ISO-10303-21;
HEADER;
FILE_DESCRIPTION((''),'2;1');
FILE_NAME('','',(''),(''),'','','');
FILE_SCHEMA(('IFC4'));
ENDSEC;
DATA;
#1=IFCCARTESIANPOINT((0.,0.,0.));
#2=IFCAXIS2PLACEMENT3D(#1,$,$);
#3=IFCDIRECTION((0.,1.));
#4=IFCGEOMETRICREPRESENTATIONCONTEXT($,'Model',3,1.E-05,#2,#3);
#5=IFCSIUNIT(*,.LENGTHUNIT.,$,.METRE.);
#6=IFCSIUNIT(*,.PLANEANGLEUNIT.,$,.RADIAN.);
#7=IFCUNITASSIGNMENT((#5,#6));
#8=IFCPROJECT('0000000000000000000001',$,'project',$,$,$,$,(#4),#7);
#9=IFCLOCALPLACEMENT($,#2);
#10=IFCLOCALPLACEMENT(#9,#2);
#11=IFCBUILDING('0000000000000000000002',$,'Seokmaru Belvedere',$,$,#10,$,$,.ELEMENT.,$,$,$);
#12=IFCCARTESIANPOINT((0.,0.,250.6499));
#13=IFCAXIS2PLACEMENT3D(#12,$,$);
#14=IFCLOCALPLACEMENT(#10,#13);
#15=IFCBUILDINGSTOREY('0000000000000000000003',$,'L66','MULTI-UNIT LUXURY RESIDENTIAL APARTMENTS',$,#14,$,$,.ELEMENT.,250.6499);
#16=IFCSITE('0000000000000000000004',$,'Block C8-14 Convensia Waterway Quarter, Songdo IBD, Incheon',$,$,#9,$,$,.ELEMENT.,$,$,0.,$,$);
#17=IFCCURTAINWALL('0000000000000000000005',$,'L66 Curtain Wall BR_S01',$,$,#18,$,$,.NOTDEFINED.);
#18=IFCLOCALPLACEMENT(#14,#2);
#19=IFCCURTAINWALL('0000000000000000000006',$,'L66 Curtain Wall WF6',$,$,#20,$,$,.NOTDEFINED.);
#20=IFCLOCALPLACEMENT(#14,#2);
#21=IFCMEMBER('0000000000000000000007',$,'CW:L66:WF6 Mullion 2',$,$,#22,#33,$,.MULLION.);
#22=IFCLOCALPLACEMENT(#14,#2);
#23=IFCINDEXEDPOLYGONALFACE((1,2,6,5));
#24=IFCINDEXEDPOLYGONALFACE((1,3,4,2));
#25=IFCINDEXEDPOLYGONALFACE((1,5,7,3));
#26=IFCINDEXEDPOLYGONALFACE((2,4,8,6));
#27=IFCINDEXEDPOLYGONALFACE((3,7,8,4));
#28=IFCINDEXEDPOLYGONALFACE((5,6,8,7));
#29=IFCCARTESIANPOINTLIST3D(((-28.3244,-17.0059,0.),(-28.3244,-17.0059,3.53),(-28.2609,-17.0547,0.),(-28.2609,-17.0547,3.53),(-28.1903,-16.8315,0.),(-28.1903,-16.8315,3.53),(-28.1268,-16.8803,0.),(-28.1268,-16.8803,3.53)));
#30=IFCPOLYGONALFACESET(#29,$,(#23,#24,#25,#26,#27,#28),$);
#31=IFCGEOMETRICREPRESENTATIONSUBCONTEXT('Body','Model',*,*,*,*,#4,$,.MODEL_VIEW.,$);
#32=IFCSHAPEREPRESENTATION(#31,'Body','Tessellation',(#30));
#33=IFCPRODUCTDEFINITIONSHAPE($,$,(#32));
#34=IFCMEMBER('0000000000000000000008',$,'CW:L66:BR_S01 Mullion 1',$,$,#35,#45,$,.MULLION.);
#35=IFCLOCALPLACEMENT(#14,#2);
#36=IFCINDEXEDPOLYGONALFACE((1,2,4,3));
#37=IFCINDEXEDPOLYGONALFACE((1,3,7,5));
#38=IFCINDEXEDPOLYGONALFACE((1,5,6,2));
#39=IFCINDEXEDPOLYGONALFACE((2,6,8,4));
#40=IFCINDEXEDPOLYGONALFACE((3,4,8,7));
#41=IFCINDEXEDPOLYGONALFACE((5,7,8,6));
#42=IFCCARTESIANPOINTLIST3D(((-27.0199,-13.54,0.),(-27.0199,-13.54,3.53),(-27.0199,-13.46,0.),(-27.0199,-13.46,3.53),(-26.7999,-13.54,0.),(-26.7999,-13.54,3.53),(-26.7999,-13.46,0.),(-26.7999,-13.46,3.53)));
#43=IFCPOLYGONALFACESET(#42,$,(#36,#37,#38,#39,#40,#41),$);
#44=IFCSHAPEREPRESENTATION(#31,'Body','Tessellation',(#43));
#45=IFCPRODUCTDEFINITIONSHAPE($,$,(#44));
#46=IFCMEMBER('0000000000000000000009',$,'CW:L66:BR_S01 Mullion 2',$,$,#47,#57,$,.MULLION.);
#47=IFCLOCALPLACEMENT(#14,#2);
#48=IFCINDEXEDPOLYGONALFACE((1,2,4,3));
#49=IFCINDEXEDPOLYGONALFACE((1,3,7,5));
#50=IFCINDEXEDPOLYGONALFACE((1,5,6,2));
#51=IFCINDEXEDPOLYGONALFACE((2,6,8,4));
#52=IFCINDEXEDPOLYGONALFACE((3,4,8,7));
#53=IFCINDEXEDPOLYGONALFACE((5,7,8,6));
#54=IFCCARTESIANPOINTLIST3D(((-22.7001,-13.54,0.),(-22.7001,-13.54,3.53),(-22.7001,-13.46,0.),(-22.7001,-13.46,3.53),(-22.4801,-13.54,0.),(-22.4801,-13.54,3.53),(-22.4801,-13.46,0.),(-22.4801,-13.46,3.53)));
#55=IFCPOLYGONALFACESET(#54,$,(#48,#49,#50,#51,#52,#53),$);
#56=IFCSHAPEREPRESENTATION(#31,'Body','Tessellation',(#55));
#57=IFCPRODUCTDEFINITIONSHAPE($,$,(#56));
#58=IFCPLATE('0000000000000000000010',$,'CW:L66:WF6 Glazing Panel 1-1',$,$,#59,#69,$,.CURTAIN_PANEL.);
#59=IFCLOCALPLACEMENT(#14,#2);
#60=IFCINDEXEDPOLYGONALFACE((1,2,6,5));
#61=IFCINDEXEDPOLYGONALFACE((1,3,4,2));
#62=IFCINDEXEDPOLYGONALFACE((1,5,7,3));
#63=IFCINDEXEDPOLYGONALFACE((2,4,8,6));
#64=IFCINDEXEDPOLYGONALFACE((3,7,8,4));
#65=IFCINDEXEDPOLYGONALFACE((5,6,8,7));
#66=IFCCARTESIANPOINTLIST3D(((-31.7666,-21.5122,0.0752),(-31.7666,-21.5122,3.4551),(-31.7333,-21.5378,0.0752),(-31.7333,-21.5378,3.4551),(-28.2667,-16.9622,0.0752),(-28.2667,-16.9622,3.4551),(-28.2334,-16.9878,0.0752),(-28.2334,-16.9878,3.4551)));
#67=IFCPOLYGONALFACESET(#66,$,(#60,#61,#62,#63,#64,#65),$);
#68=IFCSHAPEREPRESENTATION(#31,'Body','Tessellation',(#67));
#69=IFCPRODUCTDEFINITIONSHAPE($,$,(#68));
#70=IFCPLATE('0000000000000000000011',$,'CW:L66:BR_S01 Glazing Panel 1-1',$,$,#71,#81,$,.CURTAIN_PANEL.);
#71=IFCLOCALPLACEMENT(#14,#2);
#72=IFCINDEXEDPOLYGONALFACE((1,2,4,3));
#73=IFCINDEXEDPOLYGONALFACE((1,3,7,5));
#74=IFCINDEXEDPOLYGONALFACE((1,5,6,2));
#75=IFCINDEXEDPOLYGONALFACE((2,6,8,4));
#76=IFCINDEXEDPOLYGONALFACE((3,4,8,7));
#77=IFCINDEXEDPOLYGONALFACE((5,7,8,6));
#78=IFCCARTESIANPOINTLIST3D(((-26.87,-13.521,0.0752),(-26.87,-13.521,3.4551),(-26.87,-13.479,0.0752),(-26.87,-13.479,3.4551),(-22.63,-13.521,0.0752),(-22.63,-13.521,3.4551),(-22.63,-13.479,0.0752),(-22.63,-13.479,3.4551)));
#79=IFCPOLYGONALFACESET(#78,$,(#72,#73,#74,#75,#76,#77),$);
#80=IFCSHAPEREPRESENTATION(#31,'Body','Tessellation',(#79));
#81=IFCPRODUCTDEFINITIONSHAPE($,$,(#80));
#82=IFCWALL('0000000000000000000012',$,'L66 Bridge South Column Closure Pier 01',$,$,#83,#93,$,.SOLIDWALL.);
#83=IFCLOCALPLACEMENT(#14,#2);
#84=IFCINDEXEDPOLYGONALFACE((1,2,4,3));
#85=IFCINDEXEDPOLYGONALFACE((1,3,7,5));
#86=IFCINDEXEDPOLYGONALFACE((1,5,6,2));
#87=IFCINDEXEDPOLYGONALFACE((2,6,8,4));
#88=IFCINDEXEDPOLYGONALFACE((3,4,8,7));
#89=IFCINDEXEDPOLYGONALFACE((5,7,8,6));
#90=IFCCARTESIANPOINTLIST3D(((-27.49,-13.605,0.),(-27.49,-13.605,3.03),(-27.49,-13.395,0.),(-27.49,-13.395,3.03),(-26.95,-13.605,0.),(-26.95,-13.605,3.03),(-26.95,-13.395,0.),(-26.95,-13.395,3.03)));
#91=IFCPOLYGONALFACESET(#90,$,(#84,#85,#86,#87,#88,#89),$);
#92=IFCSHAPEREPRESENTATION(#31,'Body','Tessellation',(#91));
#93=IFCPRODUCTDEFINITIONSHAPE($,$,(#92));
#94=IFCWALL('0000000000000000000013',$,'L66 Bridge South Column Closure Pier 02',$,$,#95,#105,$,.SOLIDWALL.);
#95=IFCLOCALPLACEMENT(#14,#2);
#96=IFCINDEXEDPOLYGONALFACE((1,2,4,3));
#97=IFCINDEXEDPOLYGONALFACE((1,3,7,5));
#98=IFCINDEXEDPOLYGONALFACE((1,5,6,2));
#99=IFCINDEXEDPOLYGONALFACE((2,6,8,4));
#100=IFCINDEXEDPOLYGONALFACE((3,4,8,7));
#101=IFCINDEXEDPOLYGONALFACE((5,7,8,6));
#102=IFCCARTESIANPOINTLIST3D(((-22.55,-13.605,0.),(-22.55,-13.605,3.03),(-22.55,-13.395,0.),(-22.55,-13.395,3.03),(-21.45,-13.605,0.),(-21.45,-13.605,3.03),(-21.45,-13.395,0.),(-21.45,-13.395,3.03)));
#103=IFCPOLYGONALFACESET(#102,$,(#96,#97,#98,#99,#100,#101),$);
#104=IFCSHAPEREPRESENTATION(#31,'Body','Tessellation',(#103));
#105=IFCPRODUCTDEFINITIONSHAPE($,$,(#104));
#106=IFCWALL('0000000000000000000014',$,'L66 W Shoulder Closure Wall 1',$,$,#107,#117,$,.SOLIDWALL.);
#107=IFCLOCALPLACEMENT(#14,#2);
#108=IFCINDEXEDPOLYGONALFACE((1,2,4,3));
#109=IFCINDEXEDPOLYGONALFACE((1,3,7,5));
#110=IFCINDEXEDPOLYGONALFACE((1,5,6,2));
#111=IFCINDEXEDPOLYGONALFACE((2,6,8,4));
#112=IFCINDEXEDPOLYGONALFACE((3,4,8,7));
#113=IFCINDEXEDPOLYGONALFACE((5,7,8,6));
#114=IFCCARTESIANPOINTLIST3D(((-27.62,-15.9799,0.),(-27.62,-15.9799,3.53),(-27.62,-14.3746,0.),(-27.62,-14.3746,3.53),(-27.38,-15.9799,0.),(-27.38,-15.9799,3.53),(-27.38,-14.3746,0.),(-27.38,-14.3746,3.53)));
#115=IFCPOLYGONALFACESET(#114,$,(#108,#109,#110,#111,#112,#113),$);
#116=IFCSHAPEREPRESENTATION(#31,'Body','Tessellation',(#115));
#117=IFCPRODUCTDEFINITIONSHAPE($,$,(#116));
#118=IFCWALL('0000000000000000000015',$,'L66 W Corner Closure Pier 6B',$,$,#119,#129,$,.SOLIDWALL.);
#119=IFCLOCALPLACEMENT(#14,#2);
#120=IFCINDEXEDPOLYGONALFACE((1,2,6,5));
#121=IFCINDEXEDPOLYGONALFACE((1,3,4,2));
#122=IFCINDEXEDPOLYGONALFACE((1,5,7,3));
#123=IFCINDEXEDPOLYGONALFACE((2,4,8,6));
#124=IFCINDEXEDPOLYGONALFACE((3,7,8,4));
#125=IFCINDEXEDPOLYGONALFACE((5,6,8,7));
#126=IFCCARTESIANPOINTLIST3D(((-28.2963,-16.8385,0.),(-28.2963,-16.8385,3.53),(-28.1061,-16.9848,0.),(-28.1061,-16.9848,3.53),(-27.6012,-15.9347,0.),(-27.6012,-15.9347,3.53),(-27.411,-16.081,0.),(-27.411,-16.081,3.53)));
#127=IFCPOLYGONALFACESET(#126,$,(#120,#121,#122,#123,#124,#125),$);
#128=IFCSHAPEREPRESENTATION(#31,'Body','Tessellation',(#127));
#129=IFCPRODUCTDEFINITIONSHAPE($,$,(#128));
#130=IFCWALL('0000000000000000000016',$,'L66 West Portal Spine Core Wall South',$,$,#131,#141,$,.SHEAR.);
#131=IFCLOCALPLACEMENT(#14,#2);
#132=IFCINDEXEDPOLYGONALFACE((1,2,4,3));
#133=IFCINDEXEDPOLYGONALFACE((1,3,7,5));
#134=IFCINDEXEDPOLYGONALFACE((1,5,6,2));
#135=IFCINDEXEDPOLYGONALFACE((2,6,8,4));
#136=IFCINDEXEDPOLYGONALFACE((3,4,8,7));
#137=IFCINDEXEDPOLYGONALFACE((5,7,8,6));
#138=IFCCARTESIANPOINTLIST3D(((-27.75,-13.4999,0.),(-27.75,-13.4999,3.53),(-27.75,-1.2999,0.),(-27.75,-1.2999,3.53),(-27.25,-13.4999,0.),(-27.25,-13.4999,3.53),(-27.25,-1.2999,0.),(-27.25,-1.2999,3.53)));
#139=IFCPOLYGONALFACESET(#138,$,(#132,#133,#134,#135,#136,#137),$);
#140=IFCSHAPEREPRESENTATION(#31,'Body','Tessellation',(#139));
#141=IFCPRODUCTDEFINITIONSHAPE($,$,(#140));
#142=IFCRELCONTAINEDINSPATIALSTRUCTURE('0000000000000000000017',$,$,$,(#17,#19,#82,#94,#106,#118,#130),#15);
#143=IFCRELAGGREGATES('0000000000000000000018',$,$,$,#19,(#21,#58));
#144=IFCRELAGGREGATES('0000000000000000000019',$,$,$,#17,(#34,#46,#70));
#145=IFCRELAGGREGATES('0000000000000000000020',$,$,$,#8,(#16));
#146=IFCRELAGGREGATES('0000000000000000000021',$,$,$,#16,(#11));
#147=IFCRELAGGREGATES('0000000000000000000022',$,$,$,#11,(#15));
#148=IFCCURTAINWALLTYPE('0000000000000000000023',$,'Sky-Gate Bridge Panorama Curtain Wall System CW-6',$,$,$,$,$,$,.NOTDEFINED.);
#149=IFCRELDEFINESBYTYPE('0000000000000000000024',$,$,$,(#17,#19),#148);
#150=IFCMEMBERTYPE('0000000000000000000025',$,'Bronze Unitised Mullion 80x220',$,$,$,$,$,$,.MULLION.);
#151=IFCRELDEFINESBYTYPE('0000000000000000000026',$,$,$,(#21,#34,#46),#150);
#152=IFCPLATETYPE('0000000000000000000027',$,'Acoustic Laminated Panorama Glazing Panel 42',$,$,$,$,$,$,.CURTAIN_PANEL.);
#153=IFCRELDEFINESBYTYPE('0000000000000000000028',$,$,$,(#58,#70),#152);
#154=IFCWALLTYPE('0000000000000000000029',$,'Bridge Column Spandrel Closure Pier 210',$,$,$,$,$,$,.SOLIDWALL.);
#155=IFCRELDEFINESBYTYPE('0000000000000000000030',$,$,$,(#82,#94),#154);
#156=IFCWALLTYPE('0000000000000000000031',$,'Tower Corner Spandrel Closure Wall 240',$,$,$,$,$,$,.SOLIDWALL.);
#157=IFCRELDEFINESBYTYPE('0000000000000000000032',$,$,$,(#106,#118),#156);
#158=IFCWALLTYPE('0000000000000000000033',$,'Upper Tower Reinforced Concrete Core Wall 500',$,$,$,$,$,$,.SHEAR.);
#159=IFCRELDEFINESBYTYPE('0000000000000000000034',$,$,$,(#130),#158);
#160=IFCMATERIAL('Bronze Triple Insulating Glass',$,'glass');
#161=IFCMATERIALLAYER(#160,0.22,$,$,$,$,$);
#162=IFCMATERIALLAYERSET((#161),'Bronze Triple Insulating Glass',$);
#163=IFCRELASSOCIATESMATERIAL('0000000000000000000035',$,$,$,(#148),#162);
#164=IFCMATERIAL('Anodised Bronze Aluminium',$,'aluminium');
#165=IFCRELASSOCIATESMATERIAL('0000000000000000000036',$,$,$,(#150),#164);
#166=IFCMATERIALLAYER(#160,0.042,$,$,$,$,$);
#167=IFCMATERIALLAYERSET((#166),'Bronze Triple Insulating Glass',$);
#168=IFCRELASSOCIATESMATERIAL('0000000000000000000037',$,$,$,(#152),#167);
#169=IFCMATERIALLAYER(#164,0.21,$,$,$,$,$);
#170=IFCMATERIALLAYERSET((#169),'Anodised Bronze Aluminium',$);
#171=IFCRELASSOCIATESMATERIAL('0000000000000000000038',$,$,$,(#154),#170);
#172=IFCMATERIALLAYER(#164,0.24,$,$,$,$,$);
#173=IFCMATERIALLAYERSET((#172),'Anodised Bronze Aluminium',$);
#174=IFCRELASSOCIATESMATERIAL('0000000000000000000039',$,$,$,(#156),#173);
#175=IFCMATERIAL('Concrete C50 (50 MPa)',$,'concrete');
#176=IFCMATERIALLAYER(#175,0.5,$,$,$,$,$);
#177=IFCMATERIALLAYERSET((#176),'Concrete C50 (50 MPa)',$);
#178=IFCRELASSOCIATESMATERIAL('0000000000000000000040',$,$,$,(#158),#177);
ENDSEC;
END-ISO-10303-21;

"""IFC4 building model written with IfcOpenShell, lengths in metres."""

from ifc_helpers import new_model, si_unit, direction, frame, frame_2d, origin, origin_2d, place, context, subcontext, project, spatial, rectangle, extrude, source, transform, mapped, material, layer, layer_set, material_profile, profile_set, type_object, type_shapes, element, aggregate, save


model = new_model("IFC4")

# Units and contexts
model_context = context("Model", 3, precision=1e-05, world=origin(), true_north=direction((0.0, 1.0)))
body_context = subcontext(model_context, "Body", "Model", "MODEL_VIEW")
ifc_project = project(units=[si_unit("LENGTHUNIT", "METRE"), si_unit("PLANEANGLEUNIT", "RADIAN")], contexts=[model_context])

# Site, building, storey
site_placement = place(None, origin())
site = spatial("IfcSite", under=ifc_project, at=site_placement, Name="Block C8-14 Convensia Waterway Quarter, Songdo IBD, Incheon", CompositionType="ELEMENT", RefElevation=0.0)
building_placement = place(site_placement, origin())
building = spatial("IfcBuilding", under=site, at=building_placement, Name="Seokmaru Belvedere", CompositionType="ELEMENT")
storey_placement = place(building_placement, frame((0.0, 0.0, 250.6499)))
storey = spatial("IfcBuildingStorey", under=building, at=storey_placement, Name="L66", Description="MULTI-UNIT LUXURY RESIDENTIAL APARTMENTS", CompositionType="ELEMENT", Elevation=250.6499)

# Curtain wall
ifc_material_1 = material(Name="Bronze Triple Insulating Glass", Category="glass")
ifc_layer_1 = layer(ifc_material_1, 0.22)
ifc_layer_set_1 = layer_set([ifc_layer_1], Name="Bronze Triple Insulating Glass")
curtain_wall_type = type_object("IfcCurtainWallType", Name="Sky-Gate Bridge Panorama Curtain Wall System CW-6", PredefinedType="NOTDEFINED", material=ifc_layer_set_1)
curtain_wall_1_placement = place(storey_placement, origin())
curtain_wall_1 = element("IfcCurtainWall", 1, at=curtain_wall_1_placement, inside=storey, type_object=curtain_wall_type, Name="L66 Curtain Wall BR_S01", PredefinedType="NOTDEFINED")
ifc_material_2 = material(Name="Anodised Bronze Aluminium", Category="aluminium")

# Curtain wall, member
curtain_wall_2_placement = place(storey_placement, origin())
curtain_wall_2 = element("IfcCurtainWall", 2, at=curtain_wall_2_placement, inside=storey, type_object=curtain_wall_type, Name="L66 Curtain Wall WF6", PredefinedType="NOTDEFINED")
ifc_material_profile_1 = material_profile(ifc_material_2, rectangle(XDim=0.0801, YDim=0.22, at=origin_2d()), Name="CW-M-80x220")
ifc_profile_set_1 = profile_set([ifc_material_profile_1], Name="Anodised Bronze Aluminium")
member_type_1 = type_object("IfcMemberType", Name="Bronze Unitised Mullion 80x220", PredefinedType="MULLION", material=ifc_profile_set_1)
shared_shape_1 = source(origin(), body_context, "Body", "SweptSolid", [
    extrude(rectangle(XDim=0.0801, YDim=0.22, at=origin_2d()), origin(), (0.0, 0.0, 1.0), 3.53),
])
type_shapes(member_type_1, [shared_shape_1])
member_1_placement = place(storey_placement, frame((-28.2256, -16.9431, 0.0), z_axis=(0.0, 0.0, 1.0), x_axis=(-0.792631, 0.609701, 0.0)))
member_1 = element("IfcMember", 3, at=member_1_placement, type_object=member_type_1, Name="CW:L66:WF6 Mullion 2", PredefinedType="MULLION", context=body_context, shape_type="MappedRepresentation", body=[
    mapped(shared_shape_1, transform((0.0, 0.0, 0.0), scale=1.0)),
])

# Members
member_2_placement = place(storey_placement, frame((-26.9099, -13.5, 0.0), z_axis=(0.0, 0.0, 1.0), x_axis=(0.0, 1.0, 0.0)))
member_2 = element("IfcMember", 4, at=member_2_placement, type_object=member_type_1, Name="CW:L66:BR_S01 Mullion 1", PredefinedType="MULLION", context=body_context, shape_type="MappedRepresentation", body=[
    mapped(shared_shape_1, transform((0.0, 0.0, 0.0), scale=1.0)),
])
member_3_placement = place(storey_placement, frame((-22.5901, -13.5, 0.0), z_axis=(0.0, 0.0, 1.0), x_axis=(0.0, 1.0, 0.0)))
member_3 = element("IfcMember", 5, at=member_3_placement, type_object=member_type_1, Name="CW:L66:BR_S01 Mullion 2", PredefinedType="MULLION", context=body_context, shape_type="MappedRepresentation", body=[
    mapped(shared_shape_1, transform((0.0, 0.0, 0.0), scale=1.0)),
])

# Plates
ifc_layer_2 = layer(ifc_material_1, 0.042)
ifc_layer_set_2 = layer_set([ifc_layer_2], Name="Bronze Triple Insulating Glass")
plate_type = type_object("IfcPlateType", Name="Acoustic Laminated Panorama Glazing Panel 42", PredefinedType="CURTAIN_PANEL", material=ifc_layer_set_2)
shared_shape_2 = source(origin(), body_context, "Body", "SweptSolid", [
    extrude(rectangle(XDim=5.7405, YDim=0.042, at=origin_2d()), origin(), (0.0, 0.0, 1.0), 3.3799),
])
plate_1_placement = place(storey_placement, frame((-30.0, -19.25, 0.0752), z_axis=(0.0, 0.0, 1.0), x_axis=(0.609701, 0.792631, 0.0)))
plate_1 = element("IfcPlate", 6, at=plate_1_placement, type_object=plate_type, Name="CW:L66:WF6 Glazing Panel 1-1", PredefinedType="CURTAIN_PANEL", context=body_context, shape_type="MappedRepresentation", body=[
    mapped(shared_shape_2, transform((0.0, 0.0, 0.0), scale=1.0)),
])
aggregate(curtain_wall_2, [member_1, plate_1])
shared_shape_3 = source(origin(), body_context, "Body", "SweptSolid", [
    extrude(rectangle(XDim=4.24, YDim=0.042, at=origin_2d()), origin(), (0.0, 0.0, 1.0), 3.3799),
])
type_shapes(plate_type, [shared_shape_2, shared_shape_3])
plate_2_placement = place(storey_placement, frame((-24.75, -13.5, 0.0752), z_axis=(0.0, 0.0, 1.0), x_axis=(1.0, 0.0, 0.0)))
plate_2 = element("IfcPlate", 7, at=plate_2_placement, type_object=plate_type, Name="CW:L66:BR_S01 Glazing Panel 1-1", PredefinedType="CURTAIN_PANEL", context=body_context, shape_type="MappedRepresentation", body=[
    mapped(shared_shape_3, transform((0.0, 0.0, 0.0), scale=1.0)),
])
aggregate(curtain_wall_1, [member_2, member_3, plate_2])

# Walls
ifc_layer_3 = layer(ifc_material_2, 0.21)
ifc_layer_set_3 = layer_set([ifc_layer_3], Name="Anodised Bronze Aluminium")
wall_type_1 = type_object("IfcWallType", Name="Bridge Column Spandrel Closure Pier 210", PredefinedType="SOLIDWALL", material=ifc_layer_set_3)
wall_1_placement = place(storey_placement, frame((-27.49, -13.5, 0.0), z_axis=(0.0, 0.0, 1.0), x_axis=(1.0, 0.0, 0.0)))
element("IfcWall", 8, at=wall_1_placement, inside=storey, type_object=wall_type_1, Name="L66 Bridge South Column Closure Pier 01", PredefinedType="SOLIDWALL", context=body_context, shape_type="SweptSolid", body=[
    extrude(rectangle(XDim=0.54, YDim=0.21, at=frame_2d((0.27, 0.0))), origin(), (0.0, 0.0, 1.0), 3.03),
])
wall_2_placement = place(storey_placement, frame((-22.55, -13.5, 0.0), z_axis=(0.0, 0.0, 1.0), x_axis=(1.0, 0.0, 0.0)))
element("IfcWall", 9, at=wall_2_placement, inside=storey, type_object=wall_type_1, Name="L66 Bridge South Column Closure Pier 02", PredefinedType="SOLIDWALL", context=body_context, shape_type="SweptSolid", body=[
    extrude(rectangle(XDim=1.1001, YDim=0.21, at=frame_2d((0.55, 0.0))), origin(), (0.0, 0.0, 1.0), 3.03),
])
ifc_layer_4 = layer(ifc_material_2, 0.24)
ifc_layer_set_4 = layer_set([ifc_layer_4], Name="Anodised Bronze Aluminium")
wall_type_2 = type_object("IfcWallType", Name="Tower Corner Spandrel Closure Wall 240", PredefinedType="SOLIDWALL", material=ifc_layer_set_4)
wall_3_placement = place(storey_placement, frame((-27.5, -15.98, 0.0), z_axis=(0.0, 0.0, 1.0), x_axis=(0.0, 1.0, 0.0)))
element("IfcWall", 10, at=wall_3_placement, inside=storey, type_object=wall_type_2, Name="L66 W Shoulder Closure Wall 1", PredefinedType="SOLIDWALL", context=body_context, shape_type="SweptSolid", body=[
    extrude(rectangle(XDim=1.6052, YDim=0.24, at=frame_2d((0.8027, 0.0))), origin(), (0.0, 0.0, 1.0), 3.53),
])
wall_4_placement = place(storey_placement, frame((-28.2012, -16.9116, 0.0), z_axis=(0.0, 0.0, 1.0), x_axis=(0.609618, 0.792696, 0.0)))
element("IfcWall", 11, at=wall_4_placement, inside=storey, type_object=wall_type_2, Name="L66 W Corner Closure Pier 6B", PredefinedType="SOLIDWALL", context=body_context, shape_type="SweptSolid", body=[
    extrude(rectangle(XDim=1.1401, YDim=0.24, at=frame_2d((0.5701, 0.0))), origin(), (0.0, 0.0, 1.0), 3.53),
])
ifc_material_3 = material(Name="Concrete C50 (50 MPa)", Category="concrete")
ifc_layer_5 = layer(ifc_material_3, 0.5)
ifc_layer_set_5 = layer_set([ifc_layer_5], Name="Concrete C50 (50 MPa)")
wall_type_3 = type_object("IfcWallType", Name="Upper Tower Reinforced Concrete Core Wall 500", PredefinedType="SHEAR", material=ifc_layer_set_5)
wall_5_placement = place(storey_placement, frame((-27.5, -13.5, 0.0), z_axis=(0.0, 0.0, 1.0), x_axis=(0.0, 1.0, 0.0)))
element("IfcWall", 12, at=wall_5_placement, inside=storey, type_object=wall_type_3, Name="L66 West Portal Spine Core Wall South", PredefinedType="SHEAR", context=body_context, shape_type="SweptSolid", body=[
    extrude(rectangle(XDim=12.2, YDim=0.5, at=frame_2d((6.1001, 0.0))), origin(), (0.0, 0.0, 1.0), 3.53),
])

save(model, "model.ifc")
